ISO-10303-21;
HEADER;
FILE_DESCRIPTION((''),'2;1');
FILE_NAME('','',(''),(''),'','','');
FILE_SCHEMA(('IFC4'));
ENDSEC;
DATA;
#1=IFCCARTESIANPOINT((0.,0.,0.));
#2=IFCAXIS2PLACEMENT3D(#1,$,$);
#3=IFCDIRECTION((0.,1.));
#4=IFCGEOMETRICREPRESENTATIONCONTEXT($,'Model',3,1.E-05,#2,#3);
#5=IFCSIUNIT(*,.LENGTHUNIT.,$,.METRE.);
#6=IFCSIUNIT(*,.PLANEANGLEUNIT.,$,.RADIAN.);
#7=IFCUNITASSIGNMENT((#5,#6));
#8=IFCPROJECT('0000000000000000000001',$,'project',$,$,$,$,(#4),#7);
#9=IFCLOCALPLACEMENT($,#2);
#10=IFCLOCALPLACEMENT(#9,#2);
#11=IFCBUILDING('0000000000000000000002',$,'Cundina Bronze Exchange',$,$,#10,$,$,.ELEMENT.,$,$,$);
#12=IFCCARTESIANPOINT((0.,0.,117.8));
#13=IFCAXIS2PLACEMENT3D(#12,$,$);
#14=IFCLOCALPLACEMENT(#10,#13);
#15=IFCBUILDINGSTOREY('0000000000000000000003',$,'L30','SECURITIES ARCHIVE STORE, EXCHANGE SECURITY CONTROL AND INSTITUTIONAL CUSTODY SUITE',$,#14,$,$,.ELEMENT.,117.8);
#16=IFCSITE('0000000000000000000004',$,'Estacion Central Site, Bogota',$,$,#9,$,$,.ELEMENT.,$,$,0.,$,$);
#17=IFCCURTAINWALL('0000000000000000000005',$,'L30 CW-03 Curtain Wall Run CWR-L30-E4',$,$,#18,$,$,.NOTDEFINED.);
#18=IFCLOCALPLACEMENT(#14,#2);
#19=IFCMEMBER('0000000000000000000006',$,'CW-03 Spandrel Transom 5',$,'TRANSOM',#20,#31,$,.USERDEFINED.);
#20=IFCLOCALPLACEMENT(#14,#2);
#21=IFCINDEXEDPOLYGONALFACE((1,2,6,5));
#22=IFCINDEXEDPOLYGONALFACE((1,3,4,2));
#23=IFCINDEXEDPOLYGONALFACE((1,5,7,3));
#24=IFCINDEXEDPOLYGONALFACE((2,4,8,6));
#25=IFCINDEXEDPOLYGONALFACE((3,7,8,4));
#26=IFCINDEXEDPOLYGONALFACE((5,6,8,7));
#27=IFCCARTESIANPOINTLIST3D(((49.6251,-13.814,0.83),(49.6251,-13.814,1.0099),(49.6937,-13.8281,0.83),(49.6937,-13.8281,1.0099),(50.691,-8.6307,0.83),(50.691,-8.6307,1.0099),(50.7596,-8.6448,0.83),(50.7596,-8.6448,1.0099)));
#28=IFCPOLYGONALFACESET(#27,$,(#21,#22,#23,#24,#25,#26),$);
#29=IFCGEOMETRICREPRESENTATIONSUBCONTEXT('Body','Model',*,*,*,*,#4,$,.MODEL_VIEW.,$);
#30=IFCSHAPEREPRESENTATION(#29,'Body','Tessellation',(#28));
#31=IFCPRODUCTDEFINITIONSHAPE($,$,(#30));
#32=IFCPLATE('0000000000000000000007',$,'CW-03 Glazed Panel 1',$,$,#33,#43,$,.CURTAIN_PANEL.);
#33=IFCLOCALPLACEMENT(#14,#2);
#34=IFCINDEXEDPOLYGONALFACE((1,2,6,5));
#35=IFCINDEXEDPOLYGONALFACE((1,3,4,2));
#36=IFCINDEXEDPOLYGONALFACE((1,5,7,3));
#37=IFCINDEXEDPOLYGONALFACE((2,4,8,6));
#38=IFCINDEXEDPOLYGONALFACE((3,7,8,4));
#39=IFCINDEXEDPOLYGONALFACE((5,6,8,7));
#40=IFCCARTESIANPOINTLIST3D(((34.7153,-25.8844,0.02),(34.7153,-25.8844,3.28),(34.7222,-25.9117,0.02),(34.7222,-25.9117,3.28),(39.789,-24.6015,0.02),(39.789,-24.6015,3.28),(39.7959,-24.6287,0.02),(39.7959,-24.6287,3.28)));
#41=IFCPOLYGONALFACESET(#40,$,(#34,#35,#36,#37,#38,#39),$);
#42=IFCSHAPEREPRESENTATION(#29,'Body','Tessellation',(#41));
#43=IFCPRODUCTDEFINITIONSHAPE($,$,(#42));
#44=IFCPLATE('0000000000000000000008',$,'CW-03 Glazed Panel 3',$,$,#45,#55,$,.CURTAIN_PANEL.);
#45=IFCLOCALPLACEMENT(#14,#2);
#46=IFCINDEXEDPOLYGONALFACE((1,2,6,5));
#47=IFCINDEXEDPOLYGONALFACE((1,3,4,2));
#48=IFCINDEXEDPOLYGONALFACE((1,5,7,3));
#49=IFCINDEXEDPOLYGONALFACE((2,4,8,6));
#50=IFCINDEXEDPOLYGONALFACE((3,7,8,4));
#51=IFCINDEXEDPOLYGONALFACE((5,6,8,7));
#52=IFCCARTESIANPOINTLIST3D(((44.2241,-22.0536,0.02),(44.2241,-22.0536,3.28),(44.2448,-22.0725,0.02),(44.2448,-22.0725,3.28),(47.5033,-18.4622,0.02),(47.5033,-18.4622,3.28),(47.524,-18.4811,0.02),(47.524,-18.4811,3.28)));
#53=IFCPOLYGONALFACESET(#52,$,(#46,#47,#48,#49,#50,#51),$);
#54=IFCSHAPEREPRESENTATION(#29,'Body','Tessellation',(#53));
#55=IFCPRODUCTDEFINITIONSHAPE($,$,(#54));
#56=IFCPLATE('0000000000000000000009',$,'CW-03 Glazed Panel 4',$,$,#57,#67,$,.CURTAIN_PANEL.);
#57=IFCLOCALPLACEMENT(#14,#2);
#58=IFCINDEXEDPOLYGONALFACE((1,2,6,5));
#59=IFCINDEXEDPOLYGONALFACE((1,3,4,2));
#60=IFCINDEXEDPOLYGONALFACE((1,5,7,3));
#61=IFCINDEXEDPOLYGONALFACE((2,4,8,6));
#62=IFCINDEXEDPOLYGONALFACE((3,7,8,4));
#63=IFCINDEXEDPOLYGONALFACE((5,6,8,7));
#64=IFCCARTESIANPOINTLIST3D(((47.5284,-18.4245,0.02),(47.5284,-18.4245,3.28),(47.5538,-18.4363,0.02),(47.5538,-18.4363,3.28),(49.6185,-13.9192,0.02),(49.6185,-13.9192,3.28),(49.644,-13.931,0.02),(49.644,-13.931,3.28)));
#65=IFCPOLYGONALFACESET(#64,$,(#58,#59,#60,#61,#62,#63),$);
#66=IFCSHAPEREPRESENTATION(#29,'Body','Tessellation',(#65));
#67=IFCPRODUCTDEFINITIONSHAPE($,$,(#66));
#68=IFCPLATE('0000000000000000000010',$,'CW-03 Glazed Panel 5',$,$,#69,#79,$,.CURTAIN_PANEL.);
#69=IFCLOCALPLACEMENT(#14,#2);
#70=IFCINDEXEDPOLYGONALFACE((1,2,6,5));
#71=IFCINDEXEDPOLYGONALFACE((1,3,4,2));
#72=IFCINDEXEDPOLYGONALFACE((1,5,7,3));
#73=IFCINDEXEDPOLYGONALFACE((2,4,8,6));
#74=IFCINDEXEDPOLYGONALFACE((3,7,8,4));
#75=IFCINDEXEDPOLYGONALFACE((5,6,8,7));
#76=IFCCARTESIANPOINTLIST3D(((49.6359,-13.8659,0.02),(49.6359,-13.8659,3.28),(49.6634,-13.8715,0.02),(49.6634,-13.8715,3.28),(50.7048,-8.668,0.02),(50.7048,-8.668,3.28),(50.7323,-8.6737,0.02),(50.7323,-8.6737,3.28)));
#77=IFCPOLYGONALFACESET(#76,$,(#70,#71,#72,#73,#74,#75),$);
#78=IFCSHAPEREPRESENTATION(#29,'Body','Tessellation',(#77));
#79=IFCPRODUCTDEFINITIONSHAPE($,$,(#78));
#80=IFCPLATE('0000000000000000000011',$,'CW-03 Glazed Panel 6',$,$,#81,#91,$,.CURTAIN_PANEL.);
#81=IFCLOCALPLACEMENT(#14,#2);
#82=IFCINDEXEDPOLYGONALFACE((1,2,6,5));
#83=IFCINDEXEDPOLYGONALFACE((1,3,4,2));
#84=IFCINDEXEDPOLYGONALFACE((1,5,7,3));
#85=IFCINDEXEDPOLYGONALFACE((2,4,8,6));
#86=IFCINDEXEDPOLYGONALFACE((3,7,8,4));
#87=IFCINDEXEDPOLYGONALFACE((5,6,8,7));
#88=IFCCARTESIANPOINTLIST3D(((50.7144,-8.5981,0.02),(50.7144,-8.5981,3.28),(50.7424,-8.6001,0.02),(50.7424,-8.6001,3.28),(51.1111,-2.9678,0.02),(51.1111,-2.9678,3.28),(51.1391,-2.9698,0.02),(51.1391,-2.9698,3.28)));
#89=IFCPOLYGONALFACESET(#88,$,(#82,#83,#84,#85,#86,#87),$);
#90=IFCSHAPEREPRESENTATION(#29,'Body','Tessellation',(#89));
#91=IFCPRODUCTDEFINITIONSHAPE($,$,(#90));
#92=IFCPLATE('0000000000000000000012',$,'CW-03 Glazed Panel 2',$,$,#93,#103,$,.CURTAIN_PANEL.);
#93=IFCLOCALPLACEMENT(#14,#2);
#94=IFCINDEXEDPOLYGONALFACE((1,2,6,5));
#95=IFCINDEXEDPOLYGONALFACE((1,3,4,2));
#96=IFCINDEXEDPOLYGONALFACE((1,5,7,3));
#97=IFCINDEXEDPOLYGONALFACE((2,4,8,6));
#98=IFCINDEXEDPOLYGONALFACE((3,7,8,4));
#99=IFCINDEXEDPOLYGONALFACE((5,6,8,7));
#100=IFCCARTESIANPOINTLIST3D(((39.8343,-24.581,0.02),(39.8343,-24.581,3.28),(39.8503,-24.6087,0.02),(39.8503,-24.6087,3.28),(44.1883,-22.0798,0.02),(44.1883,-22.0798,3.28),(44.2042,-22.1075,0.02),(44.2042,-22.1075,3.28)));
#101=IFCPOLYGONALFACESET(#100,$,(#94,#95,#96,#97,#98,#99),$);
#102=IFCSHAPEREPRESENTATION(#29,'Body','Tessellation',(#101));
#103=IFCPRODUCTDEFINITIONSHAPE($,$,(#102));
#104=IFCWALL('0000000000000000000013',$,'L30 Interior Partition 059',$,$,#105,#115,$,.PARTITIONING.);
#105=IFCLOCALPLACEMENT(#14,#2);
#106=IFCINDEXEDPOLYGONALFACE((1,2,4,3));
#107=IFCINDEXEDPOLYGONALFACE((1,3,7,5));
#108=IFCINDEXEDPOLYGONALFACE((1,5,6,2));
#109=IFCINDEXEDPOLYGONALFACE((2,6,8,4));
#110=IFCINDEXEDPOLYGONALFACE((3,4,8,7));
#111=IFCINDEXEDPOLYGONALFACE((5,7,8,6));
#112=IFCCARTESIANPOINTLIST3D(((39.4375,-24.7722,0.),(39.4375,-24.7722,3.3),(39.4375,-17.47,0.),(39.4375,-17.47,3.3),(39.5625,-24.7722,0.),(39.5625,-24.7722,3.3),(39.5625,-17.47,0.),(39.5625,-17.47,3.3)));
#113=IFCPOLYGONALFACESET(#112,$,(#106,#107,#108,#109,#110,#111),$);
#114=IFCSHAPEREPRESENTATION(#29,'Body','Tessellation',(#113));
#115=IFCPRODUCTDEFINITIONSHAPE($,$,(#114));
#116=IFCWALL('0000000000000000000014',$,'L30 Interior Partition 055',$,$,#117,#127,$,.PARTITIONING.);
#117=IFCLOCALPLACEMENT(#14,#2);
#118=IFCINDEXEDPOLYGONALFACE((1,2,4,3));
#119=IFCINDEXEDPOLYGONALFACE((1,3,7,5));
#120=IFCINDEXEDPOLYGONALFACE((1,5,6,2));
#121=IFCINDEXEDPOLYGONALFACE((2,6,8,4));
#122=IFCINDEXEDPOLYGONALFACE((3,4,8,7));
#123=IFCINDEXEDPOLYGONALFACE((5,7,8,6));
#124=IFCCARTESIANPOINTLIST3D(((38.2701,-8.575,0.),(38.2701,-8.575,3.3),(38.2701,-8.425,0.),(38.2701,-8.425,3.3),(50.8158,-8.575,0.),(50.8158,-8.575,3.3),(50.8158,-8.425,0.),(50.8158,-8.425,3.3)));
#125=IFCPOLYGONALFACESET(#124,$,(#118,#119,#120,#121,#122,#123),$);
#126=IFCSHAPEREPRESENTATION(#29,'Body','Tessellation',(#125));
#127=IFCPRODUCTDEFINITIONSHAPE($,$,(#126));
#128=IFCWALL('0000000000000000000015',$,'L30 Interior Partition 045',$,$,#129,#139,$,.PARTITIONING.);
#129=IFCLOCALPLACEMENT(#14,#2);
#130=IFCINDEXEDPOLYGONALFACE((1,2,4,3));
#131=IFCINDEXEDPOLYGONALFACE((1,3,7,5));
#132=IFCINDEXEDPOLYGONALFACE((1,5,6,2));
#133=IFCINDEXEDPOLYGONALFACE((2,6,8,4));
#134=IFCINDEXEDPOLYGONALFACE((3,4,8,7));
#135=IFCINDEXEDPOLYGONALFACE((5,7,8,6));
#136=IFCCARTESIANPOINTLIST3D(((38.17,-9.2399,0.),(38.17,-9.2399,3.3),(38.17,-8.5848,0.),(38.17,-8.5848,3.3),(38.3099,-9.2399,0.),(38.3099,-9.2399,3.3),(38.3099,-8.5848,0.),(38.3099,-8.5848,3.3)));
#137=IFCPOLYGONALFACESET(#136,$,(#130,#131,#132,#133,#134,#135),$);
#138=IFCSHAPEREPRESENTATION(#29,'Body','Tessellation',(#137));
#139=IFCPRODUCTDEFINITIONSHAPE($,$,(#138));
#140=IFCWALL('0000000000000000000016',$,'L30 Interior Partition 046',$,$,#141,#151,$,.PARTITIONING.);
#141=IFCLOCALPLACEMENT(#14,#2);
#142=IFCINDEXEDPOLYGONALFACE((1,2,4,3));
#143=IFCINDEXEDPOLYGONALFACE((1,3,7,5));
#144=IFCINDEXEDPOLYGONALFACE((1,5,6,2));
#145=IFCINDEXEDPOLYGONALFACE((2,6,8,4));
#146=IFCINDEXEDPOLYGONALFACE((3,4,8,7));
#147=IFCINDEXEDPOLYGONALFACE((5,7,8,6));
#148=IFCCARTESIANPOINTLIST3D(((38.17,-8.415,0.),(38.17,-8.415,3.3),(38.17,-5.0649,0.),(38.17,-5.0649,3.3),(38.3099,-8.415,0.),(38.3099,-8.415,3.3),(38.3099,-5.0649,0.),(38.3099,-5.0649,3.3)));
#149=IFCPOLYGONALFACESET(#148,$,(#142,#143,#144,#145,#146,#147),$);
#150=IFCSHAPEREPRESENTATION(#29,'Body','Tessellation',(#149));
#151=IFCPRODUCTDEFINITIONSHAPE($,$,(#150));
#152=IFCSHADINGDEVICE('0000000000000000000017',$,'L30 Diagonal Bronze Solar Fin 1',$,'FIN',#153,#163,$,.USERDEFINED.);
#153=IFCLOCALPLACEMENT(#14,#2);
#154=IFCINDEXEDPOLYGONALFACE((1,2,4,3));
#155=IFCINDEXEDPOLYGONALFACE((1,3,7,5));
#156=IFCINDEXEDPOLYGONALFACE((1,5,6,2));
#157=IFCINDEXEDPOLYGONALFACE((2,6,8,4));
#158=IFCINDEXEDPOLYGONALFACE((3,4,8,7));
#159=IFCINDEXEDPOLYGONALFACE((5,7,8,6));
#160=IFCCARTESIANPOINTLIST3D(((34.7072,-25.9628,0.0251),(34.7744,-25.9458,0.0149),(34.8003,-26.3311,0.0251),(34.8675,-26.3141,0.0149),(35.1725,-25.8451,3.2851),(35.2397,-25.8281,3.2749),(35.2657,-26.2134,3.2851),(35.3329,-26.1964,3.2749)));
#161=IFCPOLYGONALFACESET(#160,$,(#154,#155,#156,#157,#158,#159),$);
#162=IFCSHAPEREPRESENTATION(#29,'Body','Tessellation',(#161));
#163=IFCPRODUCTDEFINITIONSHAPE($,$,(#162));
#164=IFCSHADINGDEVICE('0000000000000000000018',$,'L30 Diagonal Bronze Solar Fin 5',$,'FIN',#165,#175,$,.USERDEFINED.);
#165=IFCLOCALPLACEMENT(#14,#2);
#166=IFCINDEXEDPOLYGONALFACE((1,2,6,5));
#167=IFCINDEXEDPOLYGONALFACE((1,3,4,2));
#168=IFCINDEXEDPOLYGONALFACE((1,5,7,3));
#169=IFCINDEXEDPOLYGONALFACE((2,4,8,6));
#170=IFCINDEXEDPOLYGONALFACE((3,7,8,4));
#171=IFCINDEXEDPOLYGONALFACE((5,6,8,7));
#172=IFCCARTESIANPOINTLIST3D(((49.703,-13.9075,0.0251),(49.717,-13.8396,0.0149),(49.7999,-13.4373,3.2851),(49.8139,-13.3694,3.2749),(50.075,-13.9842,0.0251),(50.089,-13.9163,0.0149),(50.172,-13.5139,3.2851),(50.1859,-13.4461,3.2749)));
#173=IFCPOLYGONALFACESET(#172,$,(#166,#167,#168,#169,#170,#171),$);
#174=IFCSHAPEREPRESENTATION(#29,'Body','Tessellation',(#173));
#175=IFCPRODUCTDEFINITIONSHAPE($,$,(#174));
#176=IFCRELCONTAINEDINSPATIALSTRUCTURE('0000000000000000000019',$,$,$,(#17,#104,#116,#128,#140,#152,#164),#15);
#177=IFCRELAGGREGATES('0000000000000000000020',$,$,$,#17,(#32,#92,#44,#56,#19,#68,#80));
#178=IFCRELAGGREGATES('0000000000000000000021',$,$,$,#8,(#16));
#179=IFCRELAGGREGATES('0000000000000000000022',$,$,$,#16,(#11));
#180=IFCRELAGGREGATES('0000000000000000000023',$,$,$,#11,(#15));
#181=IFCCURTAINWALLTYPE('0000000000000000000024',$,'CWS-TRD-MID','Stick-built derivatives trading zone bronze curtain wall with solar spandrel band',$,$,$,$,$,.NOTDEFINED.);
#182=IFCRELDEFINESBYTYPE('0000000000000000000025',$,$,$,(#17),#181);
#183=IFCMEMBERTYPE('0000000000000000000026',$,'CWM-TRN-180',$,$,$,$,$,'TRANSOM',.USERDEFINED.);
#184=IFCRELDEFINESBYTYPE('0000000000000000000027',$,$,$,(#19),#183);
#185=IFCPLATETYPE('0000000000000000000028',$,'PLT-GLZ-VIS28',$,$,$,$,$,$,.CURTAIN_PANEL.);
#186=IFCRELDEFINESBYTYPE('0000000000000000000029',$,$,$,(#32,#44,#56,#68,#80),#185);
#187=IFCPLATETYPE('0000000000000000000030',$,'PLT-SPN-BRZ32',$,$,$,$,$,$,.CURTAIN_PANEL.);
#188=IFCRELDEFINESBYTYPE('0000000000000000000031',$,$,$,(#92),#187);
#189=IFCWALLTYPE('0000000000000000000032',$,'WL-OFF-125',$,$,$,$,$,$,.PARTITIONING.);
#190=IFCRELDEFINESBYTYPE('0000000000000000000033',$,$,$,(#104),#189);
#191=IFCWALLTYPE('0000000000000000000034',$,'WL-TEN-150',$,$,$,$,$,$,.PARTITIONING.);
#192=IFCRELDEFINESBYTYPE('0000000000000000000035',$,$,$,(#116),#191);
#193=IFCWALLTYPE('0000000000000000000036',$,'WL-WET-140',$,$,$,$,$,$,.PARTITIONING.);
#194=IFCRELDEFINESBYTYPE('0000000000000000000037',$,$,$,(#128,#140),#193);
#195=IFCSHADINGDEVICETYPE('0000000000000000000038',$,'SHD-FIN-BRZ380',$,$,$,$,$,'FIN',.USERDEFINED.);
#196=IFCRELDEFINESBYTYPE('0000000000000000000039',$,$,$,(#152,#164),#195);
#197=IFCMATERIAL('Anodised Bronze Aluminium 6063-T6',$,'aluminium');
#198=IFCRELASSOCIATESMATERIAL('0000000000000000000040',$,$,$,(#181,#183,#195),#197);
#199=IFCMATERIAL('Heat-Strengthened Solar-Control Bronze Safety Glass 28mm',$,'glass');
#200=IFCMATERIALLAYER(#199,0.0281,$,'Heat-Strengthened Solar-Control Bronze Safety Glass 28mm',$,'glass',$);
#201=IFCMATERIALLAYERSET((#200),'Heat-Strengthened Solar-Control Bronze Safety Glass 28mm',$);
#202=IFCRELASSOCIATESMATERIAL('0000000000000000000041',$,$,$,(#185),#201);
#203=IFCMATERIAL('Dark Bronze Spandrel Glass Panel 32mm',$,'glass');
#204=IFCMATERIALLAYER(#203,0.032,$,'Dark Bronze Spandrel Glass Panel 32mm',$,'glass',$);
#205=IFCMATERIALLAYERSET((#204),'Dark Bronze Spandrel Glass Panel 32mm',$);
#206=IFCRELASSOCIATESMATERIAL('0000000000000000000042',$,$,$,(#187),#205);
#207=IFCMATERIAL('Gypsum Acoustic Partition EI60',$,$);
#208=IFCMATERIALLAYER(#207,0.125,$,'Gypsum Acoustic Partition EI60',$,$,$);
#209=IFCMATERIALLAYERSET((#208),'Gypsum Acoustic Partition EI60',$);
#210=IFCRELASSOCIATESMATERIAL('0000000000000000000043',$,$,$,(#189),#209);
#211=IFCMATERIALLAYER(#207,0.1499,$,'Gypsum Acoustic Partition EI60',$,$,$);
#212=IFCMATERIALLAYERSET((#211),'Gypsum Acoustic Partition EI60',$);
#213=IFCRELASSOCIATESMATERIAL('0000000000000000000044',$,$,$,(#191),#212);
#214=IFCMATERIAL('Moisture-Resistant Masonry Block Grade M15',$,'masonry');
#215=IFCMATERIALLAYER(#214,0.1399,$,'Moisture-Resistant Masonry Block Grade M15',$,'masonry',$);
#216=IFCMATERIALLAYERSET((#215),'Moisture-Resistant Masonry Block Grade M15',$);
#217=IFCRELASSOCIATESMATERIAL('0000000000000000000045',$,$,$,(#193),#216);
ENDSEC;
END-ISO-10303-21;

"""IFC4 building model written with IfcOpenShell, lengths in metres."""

from ifc_helpers import new_model, si_unit, direction, frame, frame_2d, origin, origin_2d, place, context, subcontext, project, spatial, rectangle, extrude, material, layer, layer_set, material_profile, profile_set, type_object, element, aggregate, save


model = new_model("IFC4")

# Units and contexts
model_context = context("Model", 3, precision=1e-05, world=origin(), true_north=direction((0.0, 1.0)))
body_context = subcontext(model_context, "Body", "Model", "MODEL_VIEW")
ifc_project = project(units=[si_unit("LENGTHUNIT", "METRE"), si_unit("PLANEANGLEUNIT", "RADIAN")], contexts=[model_context])

# Site, building, storey
site_placement = place(None, origin())
site = spatial("IfcSite", under=ifc_project, at=site_placement, Name="Estacion Central Site, Bogota", CompositionType="ELEMENT", RefElevation=0.0)
building_placement = place(site_placement, origin())
building = spatial("IfcBuilding", under=site, at=building_placement, Name="Cundina Bronze Exchange", CompositionType="ELEMENT")
storey_placement = place(building_placement, frame((0.0, 0.0, 117.8)))
storey = spatial("IfcBuildingStorey", under=building, at=storey_placement, Name="L30", Description="SECURITIES ARCHIVE STORE, EXCHANGE SECURITY CONTROL AND INSTITUTIONAL CUSTODY SUITE", CompositionType="ELEMENT", Elevation=117.8)

# Curtain wall, member, plates
ifc_material_1 = material(Name="Anodised Bronze Aluminium 6063-T6", Category="aluminium")
curtain_wall_type = type_object("IfcCurtainWallType", Name="CWS-TRD-MID", Description="Stick-built derivatives trading zone bronze curtain wall with solar spandrel band", PredefinedType="NOTDEFINED", material=ifc_material_1)
curtain_wall_placement = place(storey_placement, origin())
curtain_wall = element("IfcCurtainWall", 1, at=curtain_wall_placement, inside=storey, type_object=curtain_wall_type, Name="L30 CW-03 Curtain Wall Run CWR-L30-E4", PredefinedType="NOTDEFINED")
ifc_material_profile_1 = material_profile(ifc_material_1, rectangle(XDim=0.0701, YDim=0.1799, at=origin_2d()), Name="AL70X180", Category="aluminium")
ifc_profile_set_1 = profile_set([ifc_material_profile_1], Name="Anodised Bronze Aluminium 6063-T6")
member_type_1 = type_object("IfcMemberType", Name="CWM-TRN-180", ElementType="TRANSOM", PredefinedType="USERDEFINED", material=ifc_profile_set_1)
member_1_placement = place(storey_placement, frame((49.6594, -13.821, 0.9199), z_axis=(0.201428, 0.979503, 0.0), x_axis=(-0.979503, 0.201428, 0.0)))
member_1 = element("IfcMember", 2, at=member_1_placement, type_object=member_type_1, Name="CW-03 Spandrel Transom 5", ObjectType="TRANSOM", PredefinedType="USERDEFINED", context=body_context, shape_type="SweptSolid", body=[
    extrude(rectangle(XDim=0.0701, YDim=0.1799, at=origin_2d()), origin(), (0.0, 0.0, 1.0), 5.2917),
])
ifc_material_2 = material(Name="Heat-Strengthened Solar-Control Bronze Safety Glass 28mm", Category="glass")
ifc_layer_1 = layer(ifc_material_2, 0.0281, Name="Heat-Strengthened Solar-Control Bronze Safety Glass 28mm", Category="glass")
ifc_layer_set_1 = layer_set([ifc_layer_1], Name="Heat-Strengthened Solar-Control Bronze Safety Glass 28mm")
plate_type_1 = type_object("IfcPlateType", Name="PLT-GLZ-VIS28", PredefinedType="CURTAIN_PANEL", material=ifc_layer_set_1)
plate_1_placement = place(storey_placement, frame((37.2556, -25.2566, 0.02), z_axis=(0.0, 0.0, 1.0), x_axis=(0.969488, 0.245138, 0.0)))
plate_1 = element("IfcPlate", 3, at=plate_1_placement, type_object=plate_type_1, Name="CW-03 Glazed Panel 1", PredefinedType="CURTAIN_PANEL", context=body_context, shape_type="SweptSolid", body=[
    extrude(rectangle(XDim=5.2334, YDim=0.0281, at=origin_2d()), origin(), (0.0, 0.0, 1.0), 3.26),
])
plate_2_placement = place(storey_placement, frame((45.874, -20.2673, 0.02), z_axis=(0.0, 0.0, 1.0), x_axis=(0.674277, 0.738479, 0.0)))
plate_2 = element("IfcPlate", 4, at=plate_2_placement, type_object=plate_type_1, Name="CW-03 Glazed Panel 3", PredefinedType="CURTAIN_PANEL", context=body_context, shape_type="SweptSolid", body=[
    extrude(rectangle(XDim=4.8633, YDim=0.0281, at=origin_2d()), origin(), (0.0, 0.0, 1.0), 3.26),
])
plate_3_placement = place(storey_placement, frame((48.5862, -16.1777, 0.02), z_axis=(0.0, 0.0, 1.0), x_axis=(0.420846, 0.907132, 0.0)))
plate_3 = element("IfcPlate", 5, at=plate_3_placement, type_object=plate_type_1, Name="CW-03 Glazed Panel 4", PredefinedType="CURTAIN_PANEL", context=body_context, shape_type="SweptSolid", body=[
    extrude(rectangle(XDim=4.9666, YDim=0.0281, at=origin_2d()), origin(), (0.0, 0.0, 1.0), 3.26),
])
plate_4_placement = place(storey_placement, frame((50.1841, -11.2698, 0.02), z_axis=(0.0, 0.0, 1.0), x_axis=(0.20142, 0.979505, 0.0)))
plate_4 = element("IfcPlate", 6, at=plate_4_placement, type_object=plate_type_1, Name="CW-03 Glazed Panel 5", PredefinedType="CURTAIN_PANEL", context=body_context, shape_type="SweptSolid", body=[
    extrude(rectangle(XDim=5.3066, YDim=0.0281, at=origin_2d()), origin(), (0.0, 0.0, 1.0), 3.26),
])
plate_5_placement = place(storey_placement, frame((50.9268, -5.7839, 0.02), z_axis=(0.0, 0.0, 1.0), x_axis=(0.070279, 0.997527, 0.0)))
plate_5 = element("IfcPlate", 7, at=plate_5_placement, type_object=plate_type_1, Name="CW-03 Glazed Panel 6", PredefinedType="CURTAIN_PANEL", context=body_context, shape_type="SweptSolid", body=[
    extrude(rectangle(XDim=5.6443, YDim=0.0281, at=origin_2d()), origin(), (0.0, 0.0, 1.0), 3.26),
])
ifc_material_3 = material(Name="Dark Bronze Spandrel Glass Panel 32mm", Category="glass")
ifc_layer_2 = layer(ifc_material_3, 0.032, Name="Dark Bronze Spandrel Glass Panel 32mm", Category="glass")
ifc_layer_set_2 = layer_set([ifc_layer_2], Name="Dark Bronze Spandrel Glass Panel 32mm")
plate_type_2 = type_object("IfcPlateType", Name="PLT-SPN-BRZ32", PredefinedType="CURTAIN_PANEL", material=ifc_layer_set_2)
plate_6_placement = place(storey_placement, frame((42.0193, -23.3442, 0.02), z_axis=(0.0, 0.0, 1.0), x_axis=(0.867105, 0.498125, 0.0)))
plate_6 = element("IfcPlate", 8, at=plate_6_placement, type_object=plate_type_2, Name="CW-03 Glazed Panel 2", PredefinedType="CURTAIN_PANEL", context=body_context, shape_type="SweptSolid", body=[
    extrude(rectangle(XDim=5.0212, YDim=0.032, at=origin_2d()), origin(), (0.0, 0.0, 1.0), 3.26),
])
aggregate(curtain_wall, [plate_1, plate_6, plate_2, plate_3, member_1, plate_4, plate_5])

# Walls
ifc_material_4 = material(Name="Gypsum Acoustic Partition EI60")
ifc_layer_3 = layer(ifc_material_4, 0.125, Name="Gypsum Acoustic Partition EI60")
ifc_layer_set_3 = layer_set([ifc_layer_3], Name="Gypsum Acoustic Partition EI60")
wall_type_1 = type_object("IfcWallType", Name="WL-OFF-125", PredefinedType="PARTITIONING", material=ifc_layer_set_3)
wall_1_placement = place(storey_placement, frame((39.5, -24.7722, 0.0), z_axis=(0.0, 0.0, 1.0), x_axis=(0.0, 1.0, 0.0)))
element("IfcWall", 9, at=wall_1_placement, inside=storey, type_object=wall_type_1, Name="L30 Interior Partition 059", PredefinedType="PARTITIONING", context=body_context, shape_type="SweptSolid", body=[
    extrude(rectangle(XDim=7.3022, YDim=0.125, at=frame_2d((3.6511, 0.0))), origin(), (0.0, 0.0, 1.0), 3.3),
])
ifc_layer_4 = layer(ifc_material_4, 0.1499, Name="Gypsum Acoustic Partition EI60")
ifc_layer_set_4 = layer_set([ifc_layer_4], Name="Gypsum Acoustic Partition EI60")
wall_type_2 = type_object("IfcWallType", Name="WL-TEN-150", PredefinedType="PARTITIONING", material=ifc_layer_set_4)
wall_2_placement = place(storey_placement, frame((38.27, -8.5, 0.0), z_axis=(0.0, 0.0, 1.0), x_axis=(1.0, 0.0, 0.0)))
element("IfcWall", 10, at=wall_2_placement, inside=storey, type_object=wall_type_2, Name="L30 Interior Partition 055", PredefinedType="PARTITIONING", context=body_context, shape_type="SweptSolid", body=[
    extrude(rectangle(XDim=12.5457, YDim=0.1499, at=frame_2d((6.2729, 0.0))), origin(), (0.0, 0.0, 1.0), 3.3),
])
ifc_material_5 = material(Name="Moisture-Resistant Masonry Block Grade M15", Category="masonry")
ifc_layer_5 = layer(ifc_material_5, 0.1399, Name="Moisture-Resistant Masonry Block Grade M15", Category="masonry")
ifc_layer_set_5 = layer_set([ifc_layer_5], Name="Moisture-Resistant Masonry Block Grade M15")
wall_type_3 = type_object("IfcWallType", Name="WL-WET-140", PredefinedType="PARTITIONING", material=ifc_layer_set_5)
wall_3_placement = place(storey_placement, frame((38.24, -9.24, 0.0), z_axis=(0.0, 0.0, 1.0), x_axis=(0.0, 1.0, 0.0)))
element("IfcWall", 11, at=wall_3_placement, inside=storey, type_object=wall_type_3, Name="L30 Interior Partition 045", PredefinedType="PARTITIONING", context=body_context, shape_type="SweptSolid", body=[
    extrude(rectangle(XDim=0.655, YDim=0.1399, at=frame_2d((0.3276, 0.0))), origin(), (0.0, 0.0, 1.0), 3.3),
])
wall_4_placement = place(storey_placement, frame((38.24, -8.415, 0.0), z_axis=(0.0, 0.0, 1.0), x_axis=(0.0, 1.0, 0.0)))
element("IfcWall", 12, at=wall_4_placement, inside=storey, type_object=wall_type_3, Name="L30 Interior Partition 046", PredefinedType="PARTITIONING", context=body_context, shape_type="SweptSolid", body=[
    extrude(rectangle(XDim=3.3501, YDim=0.1399, at=frame_2d((1.675, 0.0))), origin(), (0.0, 0.0, 1.0), 3.3),
])

# Shading devices
ifc_material_profile_2 = material_profile(ifc_material_1, rectangle(XDim=0.0701, YDim=0.3799, at=origin_2d()), Name="FIN70X380", Category="aluminium")
ifc_profile_set_2 = profile_set([ifc_material_profile_2], Name="Anodised Bronze Aluminium 6063-T6")
shading_device_type = type_object("IfcShadingDeviceType", Name="SHD-FIN-BRZ380", ElementType="FIN", PredefinedType="USERDEFINED", material=ifc_profile_set_2)
for number, where, z_axis, x_axis, name in (
    (13, (34.7874, -26.1384, 0.02), (0.141217, 0.035712, 0.989334), (-0.959141, -0.242553, 0.145663), "L30 Diagonal Bronze Solar Fin 1"),
    (14, (49.896, -13.9119, 0.02), (0.029414, 0.142698, 0.989329), (-0.199728, -0.968959, 0.145698), "L30 Diagonal Bronze Solar Fin 5"),
):
    element("IfcShadingDevice", number, at=place(storey_placement, frame(where, z_axis=z_axis, x_axis=x_axis)), inside=storey, type_object=shading_device_type, Name=name, ObjectType="FIN", PredefinedType="USERDEFINED", context=body_context, shape_type="SweptSolid", body=[
        extrude(rectangle(XDim=0.0701, YDim=0.3799, at=origin_2d()), origin(), (0.0, 0.0, 1.0), 3.2952),
    ])

save(model, "model.ifc")
